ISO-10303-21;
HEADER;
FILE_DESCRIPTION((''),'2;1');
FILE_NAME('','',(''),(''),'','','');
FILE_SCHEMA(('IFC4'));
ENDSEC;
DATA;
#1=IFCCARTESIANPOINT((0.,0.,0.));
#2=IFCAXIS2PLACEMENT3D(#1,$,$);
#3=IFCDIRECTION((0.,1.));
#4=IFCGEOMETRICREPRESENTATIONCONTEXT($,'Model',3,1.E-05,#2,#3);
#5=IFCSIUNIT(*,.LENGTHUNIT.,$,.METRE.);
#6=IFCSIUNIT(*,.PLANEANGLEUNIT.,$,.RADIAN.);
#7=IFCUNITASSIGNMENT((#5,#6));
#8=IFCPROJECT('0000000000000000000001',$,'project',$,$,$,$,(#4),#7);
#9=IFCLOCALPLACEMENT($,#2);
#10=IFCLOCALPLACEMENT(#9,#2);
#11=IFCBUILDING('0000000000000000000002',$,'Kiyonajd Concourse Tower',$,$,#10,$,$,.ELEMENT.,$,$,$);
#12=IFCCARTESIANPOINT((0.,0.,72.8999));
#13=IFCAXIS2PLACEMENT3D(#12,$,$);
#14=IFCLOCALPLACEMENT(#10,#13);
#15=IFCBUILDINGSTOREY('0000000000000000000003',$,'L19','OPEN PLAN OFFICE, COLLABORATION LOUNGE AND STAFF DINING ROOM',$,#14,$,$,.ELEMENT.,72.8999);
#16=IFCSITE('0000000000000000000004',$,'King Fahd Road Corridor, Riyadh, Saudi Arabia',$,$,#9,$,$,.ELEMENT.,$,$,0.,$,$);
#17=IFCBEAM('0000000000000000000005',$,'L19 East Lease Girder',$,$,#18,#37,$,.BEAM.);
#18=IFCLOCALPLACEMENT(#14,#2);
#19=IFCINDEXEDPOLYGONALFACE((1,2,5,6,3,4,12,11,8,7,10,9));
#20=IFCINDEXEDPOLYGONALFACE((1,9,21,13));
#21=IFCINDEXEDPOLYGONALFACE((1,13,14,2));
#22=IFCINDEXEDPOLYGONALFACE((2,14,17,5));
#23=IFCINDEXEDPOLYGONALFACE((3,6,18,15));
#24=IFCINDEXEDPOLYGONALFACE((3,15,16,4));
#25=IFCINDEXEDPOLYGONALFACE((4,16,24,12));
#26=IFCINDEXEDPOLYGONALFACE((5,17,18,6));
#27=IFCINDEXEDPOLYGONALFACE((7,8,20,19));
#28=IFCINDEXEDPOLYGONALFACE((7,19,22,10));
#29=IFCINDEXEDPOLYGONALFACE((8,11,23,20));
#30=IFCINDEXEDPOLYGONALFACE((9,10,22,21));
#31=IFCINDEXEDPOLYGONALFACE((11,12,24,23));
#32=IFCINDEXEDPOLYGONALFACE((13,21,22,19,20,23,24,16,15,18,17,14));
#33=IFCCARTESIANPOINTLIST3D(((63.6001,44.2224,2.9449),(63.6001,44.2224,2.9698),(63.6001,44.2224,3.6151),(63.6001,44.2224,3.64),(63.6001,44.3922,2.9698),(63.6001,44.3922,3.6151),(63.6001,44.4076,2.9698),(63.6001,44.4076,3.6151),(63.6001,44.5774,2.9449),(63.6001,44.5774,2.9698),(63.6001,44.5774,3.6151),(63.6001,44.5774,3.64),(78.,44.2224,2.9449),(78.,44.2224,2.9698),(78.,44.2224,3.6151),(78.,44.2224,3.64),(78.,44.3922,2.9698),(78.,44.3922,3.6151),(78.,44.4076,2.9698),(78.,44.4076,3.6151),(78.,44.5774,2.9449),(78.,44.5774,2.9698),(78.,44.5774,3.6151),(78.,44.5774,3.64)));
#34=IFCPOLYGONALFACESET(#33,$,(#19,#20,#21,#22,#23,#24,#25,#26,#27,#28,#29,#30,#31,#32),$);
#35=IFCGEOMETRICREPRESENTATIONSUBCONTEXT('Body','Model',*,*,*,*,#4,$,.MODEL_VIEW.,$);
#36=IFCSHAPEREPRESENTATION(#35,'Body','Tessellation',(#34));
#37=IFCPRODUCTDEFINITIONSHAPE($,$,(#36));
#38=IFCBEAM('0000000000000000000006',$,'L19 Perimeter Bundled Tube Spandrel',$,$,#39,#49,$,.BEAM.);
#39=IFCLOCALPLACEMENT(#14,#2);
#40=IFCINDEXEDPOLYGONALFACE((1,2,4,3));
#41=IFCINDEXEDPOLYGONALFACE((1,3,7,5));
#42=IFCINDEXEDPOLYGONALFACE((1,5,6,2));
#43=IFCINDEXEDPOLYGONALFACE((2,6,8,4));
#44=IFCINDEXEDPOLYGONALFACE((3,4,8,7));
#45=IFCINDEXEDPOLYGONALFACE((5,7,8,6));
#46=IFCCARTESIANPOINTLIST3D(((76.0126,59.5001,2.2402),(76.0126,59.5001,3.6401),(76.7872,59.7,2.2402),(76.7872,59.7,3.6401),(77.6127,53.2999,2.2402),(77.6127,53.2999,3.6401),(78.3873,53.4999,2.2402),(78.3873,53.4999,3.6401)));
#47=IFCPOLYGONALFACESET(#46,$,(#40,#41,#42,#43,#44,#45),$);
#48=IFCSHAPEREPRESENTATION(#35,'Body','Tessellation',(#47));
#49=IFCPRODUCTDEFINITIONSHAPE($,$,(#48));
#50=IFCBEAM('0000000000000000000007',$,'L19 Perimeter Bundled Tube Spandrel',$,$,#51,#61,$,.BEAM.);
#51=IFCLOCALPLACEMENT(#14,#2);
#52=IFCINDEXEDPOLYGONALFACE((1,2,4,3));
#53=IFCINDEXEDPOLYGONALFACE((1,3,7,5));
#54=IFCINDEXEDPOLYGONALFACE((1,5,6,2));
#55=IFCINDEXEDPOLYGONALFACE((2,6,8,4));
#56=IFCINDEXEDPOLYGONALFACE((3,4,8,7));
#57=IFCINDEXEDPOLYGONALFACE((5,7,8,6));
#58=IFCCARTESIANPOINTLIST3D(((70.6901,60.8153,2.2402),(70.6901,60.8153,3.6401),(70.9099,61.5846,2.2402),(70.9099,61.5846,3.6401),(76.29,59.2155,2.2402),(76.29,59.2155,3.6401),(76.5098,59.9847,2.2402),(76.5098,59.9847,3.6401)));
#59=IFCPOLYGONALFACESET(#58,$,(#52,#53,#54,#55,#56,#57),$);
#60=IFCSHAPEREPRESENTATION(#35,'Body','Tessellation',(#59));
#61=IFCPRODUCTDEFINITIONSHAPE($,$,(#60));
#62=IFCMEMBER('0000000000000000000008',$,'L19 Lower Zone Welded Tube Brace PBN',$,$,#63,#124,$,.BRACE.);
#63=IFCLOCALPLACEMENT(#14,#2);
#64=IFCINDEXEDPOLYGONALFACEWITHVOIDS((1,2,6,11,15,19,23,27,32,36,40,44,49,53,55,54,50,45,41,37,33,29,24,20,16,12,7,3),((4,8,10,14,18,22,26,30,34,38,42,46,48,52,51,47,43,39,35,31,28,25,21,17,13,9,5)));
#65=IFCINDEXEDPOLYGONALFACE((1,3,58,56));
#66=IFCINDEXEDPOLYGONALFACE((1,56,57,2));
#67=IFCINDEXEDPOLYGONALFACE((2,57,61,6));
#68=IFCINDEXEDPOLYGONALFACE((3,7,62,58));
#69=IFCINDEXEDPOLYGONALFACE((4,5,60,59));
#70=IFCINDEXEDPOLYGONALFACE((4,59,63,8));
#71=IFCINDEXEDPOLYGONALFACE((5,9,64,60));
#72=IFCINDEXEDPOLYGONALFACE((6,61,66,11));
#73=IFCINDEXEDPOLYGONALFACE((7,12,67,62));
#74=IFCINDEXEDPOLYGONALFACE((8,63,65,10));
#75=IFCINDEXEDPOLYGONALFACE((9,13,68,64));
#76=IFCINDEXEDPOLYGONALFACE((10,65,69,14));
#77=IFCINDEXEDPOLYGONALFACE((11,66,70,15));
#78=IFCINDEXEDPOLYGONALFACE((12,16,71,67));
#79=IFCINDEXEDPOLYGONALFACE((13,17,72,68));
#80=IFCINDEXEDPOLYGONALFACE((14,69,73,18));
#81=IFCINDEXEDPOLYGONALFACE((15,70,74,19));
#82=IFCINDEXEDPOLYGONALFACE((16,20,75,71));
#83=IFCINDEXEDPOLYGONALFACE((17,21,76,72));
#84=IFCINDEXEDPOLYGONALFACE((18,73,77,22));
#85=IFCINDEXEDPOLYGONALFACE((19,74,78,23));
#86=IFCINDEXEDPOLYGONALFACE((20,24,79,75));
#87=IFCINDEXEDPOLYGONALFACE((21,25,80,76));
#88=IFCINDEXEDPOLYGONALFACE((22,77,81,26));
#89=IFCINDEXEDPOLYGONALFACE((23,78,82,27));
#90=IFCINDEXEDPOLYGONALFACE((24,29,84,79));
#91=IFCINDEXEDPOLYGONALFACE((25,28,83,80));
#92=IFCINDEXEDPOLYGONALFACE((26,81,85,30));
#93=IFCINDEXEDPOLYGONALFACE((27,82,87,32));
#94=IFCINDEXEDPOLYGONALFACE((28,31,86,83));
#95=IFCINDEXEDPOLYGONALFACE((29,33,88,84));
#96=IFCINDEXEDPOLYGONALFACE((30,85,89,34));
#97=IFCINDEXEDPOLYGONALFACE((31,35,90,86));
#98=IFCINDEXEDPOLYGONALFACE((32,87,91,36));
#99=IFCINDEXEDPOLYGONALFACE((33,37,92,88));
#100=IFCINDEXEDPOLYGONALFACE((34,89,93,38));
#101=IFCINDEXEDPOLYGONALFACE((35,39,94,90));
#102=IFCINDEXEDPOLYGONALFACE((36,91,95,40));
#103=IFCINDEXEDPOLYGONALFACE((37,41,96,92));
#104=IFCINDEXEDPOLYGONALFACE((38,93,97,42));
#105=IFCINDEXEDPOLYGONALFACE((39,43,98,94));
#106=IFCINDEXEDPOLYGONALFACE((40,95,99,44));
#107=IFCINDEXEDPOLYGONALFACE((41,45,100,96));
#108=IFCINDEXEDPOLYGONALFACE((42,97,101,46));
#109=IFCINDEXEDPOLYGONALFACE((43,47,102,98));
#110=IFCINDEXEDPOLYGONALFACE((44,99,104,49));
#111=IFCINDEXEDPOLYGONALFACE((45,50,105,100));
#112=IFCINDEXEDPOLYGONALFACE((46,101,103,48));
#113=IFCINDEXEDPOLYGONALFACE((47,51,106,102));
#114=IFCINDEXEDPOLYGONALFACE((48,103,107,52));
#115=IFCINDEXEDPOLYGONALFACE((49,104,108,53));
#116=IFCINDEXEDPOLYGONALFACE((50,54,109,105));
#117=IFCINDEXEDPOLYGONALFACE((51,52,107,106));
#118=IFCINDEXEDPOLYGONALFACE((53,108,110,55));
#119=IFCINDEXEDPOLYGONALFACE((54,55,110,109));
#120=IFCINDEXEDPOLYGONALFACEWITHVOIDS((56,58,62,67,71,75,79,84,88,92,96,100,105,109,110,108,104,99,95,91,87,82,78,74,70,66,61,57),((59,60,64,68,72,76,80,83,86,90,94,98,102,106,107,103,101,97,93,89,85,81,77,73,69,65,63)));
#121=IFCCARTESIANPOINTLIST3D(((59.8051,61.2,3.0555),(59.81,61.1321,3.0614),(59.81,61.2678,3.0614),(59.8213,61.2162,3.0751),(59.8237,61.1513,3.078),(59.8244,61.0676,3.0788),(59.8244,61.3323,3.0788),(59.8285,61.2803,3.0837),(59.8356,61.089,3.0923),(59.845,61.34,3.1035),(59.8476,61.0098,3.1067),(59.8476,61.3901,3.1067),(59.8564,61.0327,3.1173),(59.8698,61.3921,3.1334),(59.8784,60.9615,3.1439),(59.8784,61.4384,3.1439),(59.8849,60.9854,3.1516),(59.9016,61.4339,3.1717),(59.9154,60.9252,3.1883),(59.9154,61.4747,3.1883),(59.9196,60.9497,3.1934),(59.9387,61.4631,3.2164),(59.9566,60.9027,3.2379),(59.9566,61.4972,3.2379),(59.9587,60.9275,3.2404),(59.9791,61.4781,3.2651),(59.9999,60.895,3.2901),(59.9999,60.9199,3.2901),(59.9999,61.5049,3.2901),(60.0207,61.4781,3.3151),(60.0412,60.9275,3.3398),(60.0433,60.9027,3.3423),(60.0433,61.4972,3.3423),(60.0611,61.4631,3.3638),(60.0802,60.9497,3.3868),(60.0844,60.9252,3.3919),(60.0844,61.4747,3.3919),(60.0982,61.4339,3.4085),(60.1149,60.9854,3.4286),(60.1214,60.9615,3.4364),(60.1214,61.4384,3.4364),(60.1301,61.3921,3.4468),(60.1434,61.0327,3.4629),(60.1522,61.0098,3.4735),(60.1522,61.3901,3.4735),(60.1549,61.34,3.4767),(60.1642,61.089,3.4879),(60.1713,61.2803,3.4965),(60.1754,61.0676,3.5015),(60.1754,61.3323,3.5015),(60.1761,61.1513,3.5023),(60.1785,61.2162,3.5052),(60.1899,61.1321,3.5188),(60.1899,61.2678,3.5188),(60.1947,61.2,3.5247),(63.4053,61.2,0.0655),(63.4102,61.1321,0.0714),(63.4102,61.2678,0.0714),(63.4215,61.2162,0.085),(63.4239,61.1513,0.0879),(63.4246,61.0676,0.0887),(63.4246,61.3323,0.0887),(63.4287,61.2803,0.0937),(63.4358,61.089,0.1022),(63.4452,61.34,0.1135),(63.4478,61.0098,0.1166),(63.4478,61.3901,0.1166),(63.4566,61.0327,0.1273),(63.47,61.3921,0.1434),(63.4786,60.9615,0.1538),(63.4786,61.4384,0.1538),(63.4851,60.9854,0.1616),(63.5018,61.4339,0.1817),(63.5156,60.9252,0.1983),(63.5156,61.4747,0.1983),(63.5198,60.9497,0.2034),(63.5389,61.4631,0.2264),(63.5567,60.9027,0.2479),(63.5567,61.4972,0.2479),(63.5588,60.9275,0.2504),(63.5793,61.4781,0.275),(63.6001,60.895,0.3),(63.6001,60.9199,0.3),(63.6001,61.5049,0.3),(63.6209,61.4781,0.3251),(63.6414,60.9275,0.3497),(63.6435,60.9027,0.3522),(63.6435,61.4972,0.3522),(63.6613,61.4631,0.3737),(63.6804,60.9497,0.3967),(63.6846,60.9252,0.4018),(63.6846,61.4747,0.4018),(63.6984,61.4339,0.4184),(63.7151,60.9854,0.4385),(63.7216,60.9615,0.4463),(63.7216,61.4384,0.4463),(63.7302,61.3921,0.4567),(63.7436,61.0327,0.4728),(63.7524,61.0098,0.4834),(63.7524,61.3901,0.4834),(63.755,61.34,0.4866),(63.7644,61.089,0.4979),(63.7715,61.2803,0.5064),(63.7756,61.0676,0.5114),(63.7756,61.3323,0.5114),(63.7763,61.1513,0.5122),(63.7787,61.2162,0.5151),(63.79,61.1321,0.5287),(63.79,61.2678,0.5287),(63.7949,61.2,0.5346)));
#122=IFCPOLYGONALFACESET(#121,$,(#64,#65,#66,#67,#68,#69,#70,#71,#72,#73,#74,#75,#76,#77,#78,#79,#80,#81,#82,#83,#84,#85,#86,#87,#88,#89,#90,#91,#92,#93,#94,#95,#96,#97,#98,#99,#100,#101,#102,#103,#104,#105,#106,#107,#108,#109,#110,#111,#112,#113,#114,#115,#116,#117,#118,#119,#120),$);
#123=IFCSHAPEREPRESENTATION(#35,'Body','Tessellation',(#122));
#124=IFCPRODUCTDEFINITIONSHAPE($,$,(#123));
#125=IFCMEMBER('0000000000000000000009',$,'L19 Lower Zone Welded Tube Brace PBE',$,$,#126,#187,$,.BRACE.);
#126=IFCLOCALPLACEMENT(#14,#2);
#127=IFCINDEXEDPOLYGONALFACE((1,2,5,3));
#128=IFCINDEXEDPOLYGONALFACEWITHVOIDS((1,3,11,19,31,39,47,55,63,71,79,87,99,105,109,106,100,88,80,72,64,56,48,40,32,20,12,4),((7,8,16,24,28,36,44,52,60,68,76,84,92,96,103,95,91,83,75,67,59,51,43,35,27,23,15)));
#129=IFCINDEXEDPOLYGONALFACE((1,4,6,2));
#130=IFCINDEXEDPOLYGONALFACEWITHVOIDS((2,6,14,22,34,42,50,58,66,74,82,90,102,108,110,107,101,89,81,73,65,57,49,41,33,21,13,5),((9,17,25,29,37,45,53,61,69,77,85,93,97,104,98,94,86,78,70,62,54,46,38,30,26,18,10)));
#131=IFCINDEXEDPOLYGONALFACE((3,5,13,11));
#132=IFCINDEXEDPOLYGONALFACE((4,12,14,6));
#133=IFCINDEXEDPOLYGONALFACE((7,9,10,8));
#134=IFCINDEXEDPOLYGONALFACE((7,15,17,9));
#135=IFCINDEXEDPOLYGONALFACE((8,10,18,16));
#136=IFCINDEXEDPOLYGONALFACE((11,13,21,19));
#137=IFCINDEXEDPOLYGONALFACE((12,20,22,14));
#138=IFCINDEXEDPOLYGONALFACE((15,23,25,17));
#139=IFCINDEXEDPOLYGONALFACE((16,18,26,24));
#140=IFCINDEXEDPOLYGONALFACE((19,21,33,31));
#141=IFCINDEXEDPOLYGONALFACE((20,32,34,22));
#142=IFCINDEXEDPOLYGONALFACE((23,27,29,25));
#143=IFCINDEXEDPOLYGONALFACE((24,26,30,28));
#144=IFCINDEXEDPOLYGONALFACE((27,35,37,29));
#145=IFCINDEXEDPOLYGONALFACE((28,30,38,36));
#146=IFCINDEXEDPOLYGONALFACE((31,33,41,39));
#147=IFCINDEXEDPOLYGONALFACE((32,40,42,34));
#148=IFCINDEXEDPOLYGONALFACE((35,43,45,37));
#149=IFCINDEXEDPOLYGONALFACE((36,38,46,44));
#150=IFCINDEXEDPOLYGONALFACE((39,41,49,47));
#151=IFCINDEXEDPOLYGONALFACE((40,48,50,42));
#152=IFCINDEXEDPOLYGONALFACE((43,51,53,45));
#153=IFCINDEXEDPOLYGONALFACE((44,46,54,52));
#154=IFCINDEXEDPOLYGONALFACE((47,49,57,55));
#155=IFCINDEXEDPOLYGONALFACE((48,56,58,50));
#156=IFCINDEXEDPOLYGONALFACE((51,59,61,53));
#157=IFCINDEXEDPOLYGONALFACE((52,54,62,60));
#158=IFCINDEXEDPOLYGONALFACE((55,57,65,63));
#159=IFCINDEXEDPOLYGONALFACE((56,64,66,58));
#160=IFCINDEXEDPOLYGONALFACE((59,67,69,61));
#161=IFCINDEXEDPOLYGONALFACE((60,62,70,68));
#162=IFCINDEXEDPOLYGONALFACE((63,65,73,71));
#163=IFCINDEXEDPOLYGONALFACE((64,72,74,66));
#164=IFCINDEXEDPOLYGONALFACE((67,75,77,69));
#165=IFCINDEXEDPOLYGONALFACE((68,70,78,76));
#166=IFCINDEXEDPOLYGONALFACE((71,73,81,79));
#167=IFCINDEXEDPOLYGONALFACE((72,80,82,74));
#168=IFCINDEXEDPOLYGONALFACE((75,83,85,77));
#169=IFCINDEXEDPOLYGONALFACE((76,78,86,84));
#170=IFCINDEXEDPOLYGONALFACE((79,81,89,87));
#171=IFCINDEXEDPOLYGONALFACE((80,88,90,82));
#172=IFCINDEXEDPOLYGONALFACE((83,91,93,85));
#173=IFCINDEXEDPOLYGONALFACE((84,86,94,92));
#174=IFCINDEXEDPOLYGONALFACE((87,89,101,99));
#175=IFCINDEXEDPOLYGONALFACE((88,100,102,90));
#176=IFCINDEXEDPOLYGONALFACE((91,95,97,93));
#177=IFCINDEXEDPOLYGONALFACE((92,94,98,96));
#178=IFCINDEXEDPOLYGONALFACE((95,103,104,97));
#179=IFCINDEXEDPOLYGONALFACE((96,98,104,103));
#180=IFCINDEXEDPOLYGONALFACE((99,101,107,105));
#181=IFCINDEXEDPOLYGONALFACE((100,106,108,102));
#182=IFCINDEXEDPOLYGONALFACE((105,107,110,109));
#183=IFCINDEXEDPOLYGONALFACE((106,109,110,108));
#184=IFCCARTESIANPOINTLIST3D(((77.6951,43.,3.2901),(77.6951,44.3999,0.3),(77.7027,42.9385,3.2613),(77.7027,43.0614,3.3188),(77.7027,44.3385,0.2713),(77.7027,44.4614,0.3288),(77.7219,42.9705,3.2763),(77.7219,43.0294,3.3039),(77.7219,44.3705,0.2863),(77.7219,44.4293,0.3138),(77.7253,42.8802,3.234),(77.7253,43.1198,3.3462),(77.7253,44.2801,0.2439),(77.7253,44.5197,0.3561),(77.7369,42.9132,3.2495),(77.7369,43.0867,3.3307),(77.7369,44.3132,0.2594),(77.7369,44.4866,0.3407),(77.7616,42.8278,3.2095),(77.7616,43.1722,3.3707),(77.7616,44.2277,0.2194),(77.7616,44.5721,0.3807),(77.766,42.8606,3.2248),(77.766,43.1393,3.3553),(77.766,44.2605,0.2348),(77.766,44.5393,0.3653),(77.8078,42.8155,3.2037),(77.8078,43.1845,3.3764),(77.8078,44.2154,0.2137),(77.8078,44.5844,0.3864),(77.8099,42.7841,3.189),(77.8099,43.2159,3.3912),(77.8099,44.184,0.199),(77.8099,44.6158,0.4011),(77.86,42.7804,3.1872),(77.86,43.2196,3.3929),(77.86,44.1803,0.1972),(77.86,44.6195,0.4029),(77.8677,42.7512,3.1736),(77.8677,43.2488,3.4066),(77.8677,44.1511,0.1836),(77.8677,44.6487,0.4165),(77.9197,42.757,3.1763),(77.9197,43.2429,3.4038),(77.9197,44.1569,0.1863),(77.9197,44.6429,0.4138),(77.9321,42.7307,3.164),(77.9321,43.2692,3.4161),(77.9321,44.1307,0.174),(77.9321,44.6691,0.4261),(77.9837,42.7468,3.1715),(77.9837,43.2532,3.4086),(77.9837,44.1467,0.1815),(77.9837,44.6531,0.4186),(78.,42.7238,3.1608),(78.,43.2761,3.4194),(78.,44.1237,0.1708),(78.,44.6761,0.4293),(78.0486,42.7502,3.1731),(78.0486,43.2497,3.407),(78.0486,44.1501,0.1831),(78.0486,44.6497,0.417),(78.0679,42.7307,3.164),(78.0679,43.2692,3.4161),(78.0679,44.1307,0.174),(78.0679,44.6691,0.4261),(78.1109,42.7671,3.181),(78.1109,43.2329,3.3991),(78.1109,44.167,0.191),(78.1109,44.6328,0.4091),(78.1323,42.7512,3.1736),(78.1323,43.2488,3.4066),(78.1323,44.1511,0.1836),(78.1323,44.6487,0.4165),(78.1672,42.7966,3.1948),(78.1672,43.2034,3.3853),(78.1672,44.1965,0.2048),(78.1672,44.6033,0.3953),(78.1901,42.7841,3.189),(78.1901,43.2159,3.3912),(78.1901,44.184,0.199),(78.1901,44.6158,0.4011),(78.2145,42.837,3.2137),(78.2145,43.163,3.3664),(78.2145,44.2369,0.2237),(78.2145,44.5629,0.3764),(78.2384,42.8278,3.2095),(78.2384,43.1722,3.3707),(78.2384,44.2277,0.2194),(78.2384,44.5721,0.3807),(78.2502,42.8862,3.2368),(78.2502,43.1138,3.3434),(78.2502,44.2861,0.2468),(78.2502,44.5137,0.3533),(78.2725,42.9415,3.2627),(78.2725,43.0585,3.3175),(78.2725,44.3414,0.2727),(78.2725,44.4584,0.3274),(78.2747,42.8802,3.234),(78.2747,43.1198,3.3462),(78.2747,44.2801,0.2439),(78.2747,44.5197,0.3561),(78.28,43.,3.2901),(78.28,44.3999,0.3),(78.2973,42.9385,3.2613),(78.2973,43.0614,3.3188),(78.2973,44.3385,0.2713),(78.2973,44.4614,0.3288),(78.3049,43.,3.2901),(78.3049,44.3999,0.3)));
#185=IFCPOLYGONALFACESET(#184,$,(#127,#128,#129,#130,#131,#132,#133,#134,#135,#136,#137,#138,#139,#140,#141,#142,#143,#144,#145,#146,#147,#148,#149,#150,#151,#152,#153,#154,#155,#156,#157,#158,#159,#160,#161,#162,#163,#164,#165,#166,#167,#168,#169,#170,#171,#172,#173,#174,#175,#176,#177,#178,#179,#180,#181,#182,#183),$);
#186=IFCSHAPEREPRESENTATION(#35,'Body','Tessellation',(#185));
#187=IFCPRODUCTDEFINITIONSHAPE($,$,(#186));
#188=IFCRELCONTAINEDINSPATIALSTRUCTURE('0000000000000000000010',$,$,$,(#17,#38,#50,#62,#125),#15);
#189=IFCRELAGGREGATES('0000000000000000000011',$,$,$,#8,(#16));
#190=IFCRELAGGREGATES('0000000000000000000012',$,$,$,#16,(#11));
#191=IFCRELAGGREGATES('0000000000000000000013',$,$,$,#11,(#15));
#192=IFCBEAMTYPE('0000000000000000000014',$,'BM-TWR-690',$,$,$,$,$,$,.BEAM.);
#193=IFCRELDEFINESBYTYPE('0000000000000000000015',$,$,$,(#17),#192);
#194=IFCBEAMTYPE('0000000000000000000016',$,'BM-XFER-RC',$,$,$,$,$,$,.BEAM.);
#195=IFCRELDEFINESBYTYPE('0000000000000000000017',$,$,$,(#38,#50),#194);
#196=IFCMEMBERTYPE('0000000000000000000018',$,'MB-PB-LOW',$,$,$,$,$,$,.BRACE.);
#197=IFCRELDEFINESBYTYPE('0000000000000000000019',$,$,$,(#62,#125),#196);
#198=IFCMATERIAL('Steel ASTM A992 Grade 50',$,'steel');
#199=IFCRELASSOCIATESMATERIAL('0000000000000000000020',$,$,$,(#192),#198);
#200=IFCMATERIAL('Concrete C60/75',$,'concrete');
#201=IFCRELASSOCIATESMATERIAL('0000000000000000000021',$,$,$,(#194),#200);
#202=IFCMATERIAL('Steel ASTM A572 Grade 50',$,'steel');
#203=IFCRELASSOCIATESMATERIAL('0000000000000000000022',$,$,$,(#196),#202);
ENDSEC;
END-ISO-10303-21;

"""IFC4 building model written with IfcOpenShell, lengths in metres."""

from ifc_helpers import new_model, si_unit, direction, frame, origin, origin_2d, place, context, subcontext, project, spatial, rectangle, hollow_circle, i_section, extrude, material, material_profile, profile_set, type_object, element, save


model = new_model("IFC4")

# Units and contexts
model_context = context("Model", 3, precision=1e-05, world=origin(), true_north=direction((0.0, 1.0)))
body_context = subcontext(model_context, "Body", "Model", "MODEL_VIEW")
ifc_project = project(units=[si_unit("LENGTHUNIT", "METRE"), si_unit("PLANEANGLEUNIT", "RADIAN")], contexts=[model_context])

# Site, building, storey
site_placement = place(None, origin())
site = spatial("IfcSite", under=ifc_project, at=site_placement, Name="King Fahd Road Corridor, Riyadh, Saudi Arabia", CompositionType="ELEMENT", RefElevation=0.0)
building_placement = place(site_placement, origin())
building = spatial("IfcBuilding", under=site, at=building_placement, Name="Kiyonajd Concourse Tower", CompositionType="ELEMENT")
storey_placement = place(building_placement, frame((0.0, 0.0, 72.8999)))
storey = spatial("IfcBuildingStorey", under=building, at=storey_placement, Name="L19", Description="OPEN PLAN OFFICE, COLLABORATION LOUNGE AND STAFF DINING ROOM", CompositionType="ELEMENT", Elevation=72.8999)

# Beams
ifc_material_1 = material(Name="Steel ASTM A992 Grade 50", Category="steel")
ifc_material_profile_1 = material_profile(ifc_material_1, i_section(OverallWidth=0.355, OverallDepth=0.6951, WebThickness=0.0154, FlangeThickness=0.0249, at=origin_2d()), Name="W690X217")
ifc_profile_set_1 = profile_set([ifc_material_profile_1], Name="Steel ASTM A992 Grade 50")
beam_type_1 = type_object("IfcBeamType", Name="BM-TWR-690", PredefinedType="BEAM", material=ifc_profile_set_1)
beam_1_placement = place(storey_placement, frame((63.6001, 44.3999, 3.2925), z_axis=(1.0, 0.0, 0.0), x_axis=(0.0, 1.0, 0.0)))
element("IfcBeam", 1, at=beam_1_placement, inside=storey, type_object=beam_type_1, Name="L19 East Lease Girder", PredefinedType="BEAM", context=body_context, shape_type="SweptSolid", body=[
    extrude(i_section(OverallWidth=0.355, OverallDepth=0.6951, WebThickness=0.0154, FlangeThickness=0.0249, at=origin_2d()), origin(), (0.0, 0.0, 1.0), 14.3999),
])
ifc_material_2 = material(Name="Concrete C60/75", Category="concrete")
ifc_material_profile_2 = material_profile(ifc_material_2, rectangle(XDim=0.8, YDim=1.3999, at=origin_2d()), Name="RCBM-800x1400")
ifc_profile_set_2 = profile_set([ifc_material_profile_2], Name="Concrete C60/75")
beam_type_2 = type_object("IfcBeamType", Name="BM-XFER-RC", PredefinedType="BEAM", material=ifc_profile_set_2)
beam_2_placement = place(storey_placement, frame((78.0, 53.3999, 2.9402), z_axis=(-0.249885, 0.968276, 0.0), x_axis=(-0.968276, -0.249885, 0.0)))
element("IfcBeam", 2, at=beam_2_placement, inside=storey, type_object=beam_type_2, Name="L19 Perimeter Bundled Tube Spandrel", PredefinedType="BEAM", context=body_context, shape_type="SweptSolid", body=[
    extrude(rectangle(XDim=0.8, YDim=1.3999, at=origin_2d()), origin(), (0.0, 0.0, 1.0), 6.4033),
])
beam_3_placement = place(storey_placement, frame((76.3999, 59.6001, 2.9402), z_axis=(-0.961529, 0.274705, 0.0), x_axis=(-0.274705, -0.961529, 0.0)))
element("IfcBeam", 3, at=beam_3_placement, inside=storey, type_object=beam_type_2, Name="L19 Perimeter Bundled Tube Spandrel", PredefinedType="BEAM", context=body_context, shape_type="SweptSolid", body=[
    extrude(rectangle(XDim=0.8, YDim=1.3999, at=origin_2d()), origin(), (0.0, 0.0, 1.0), 5.824),
])

# Members
ifc_material_3 = material(Name="Steel ASTM A572 Grade 50", Category="steel")
ifc_material_profile_3 = material_profile(ifc_material_3, hollow_circle(Radius=0.3049, WallThickness=0.0249, at=origin_2d()), Name="CHS-610x25")
ifc_profile_set_3 = profile_set([ifc_material_profile_3], Name="Steel ASTM A572 Grade 50")
member_type = type_object("IfcMemberType", Name="MB-PB-LOW", PredefinedType="BRACE", material=ifc_profile_set_3)
member_1_placement = place(storey_placement, frame((63.6001, 61.2, 0.3), z_axis=(-0.769281, 0.0, 0.638911), x_axis=(0.0, -1.0, 0.0)))
element("IfcMember", 4, at=member_1_placement, inside=storey, type_object=member_type, Name="L19 Lower Zone Welded Tube Brace PBN", PredefinedType="BRACE", context=body_context, shape_type="SweptSolid", body=[
    extrude(hollow_circle(Radius=0.3049, WallThickness=0.0249, at=origin_2d()), origin(), (0.0, 0.0, 1.0), 4.6799),
])
member_2_placement = place(storey_placement, frame((78.0, 44.3999, 0.3), z_axis=(0.0, -0.424023, 0.905652), x_axis=(1.0, 0.0, 0.0)))
element("IfcMember", 5, at=member_2_placement, inside=storey, type_object=member_type, Name="L19 Lower Zone Welded Tube Brace PBE", PredefinedType="BRACE", context=body_context, shape_type="SweptSolid", body=[
    extrude(hollow_circle(Radius=0.3049, WallThickness=0.0249, at=origin_2d()), origin(), (0.0, 0.0, 1.0), 3.3015),
])

save(model, "model.ifc")
